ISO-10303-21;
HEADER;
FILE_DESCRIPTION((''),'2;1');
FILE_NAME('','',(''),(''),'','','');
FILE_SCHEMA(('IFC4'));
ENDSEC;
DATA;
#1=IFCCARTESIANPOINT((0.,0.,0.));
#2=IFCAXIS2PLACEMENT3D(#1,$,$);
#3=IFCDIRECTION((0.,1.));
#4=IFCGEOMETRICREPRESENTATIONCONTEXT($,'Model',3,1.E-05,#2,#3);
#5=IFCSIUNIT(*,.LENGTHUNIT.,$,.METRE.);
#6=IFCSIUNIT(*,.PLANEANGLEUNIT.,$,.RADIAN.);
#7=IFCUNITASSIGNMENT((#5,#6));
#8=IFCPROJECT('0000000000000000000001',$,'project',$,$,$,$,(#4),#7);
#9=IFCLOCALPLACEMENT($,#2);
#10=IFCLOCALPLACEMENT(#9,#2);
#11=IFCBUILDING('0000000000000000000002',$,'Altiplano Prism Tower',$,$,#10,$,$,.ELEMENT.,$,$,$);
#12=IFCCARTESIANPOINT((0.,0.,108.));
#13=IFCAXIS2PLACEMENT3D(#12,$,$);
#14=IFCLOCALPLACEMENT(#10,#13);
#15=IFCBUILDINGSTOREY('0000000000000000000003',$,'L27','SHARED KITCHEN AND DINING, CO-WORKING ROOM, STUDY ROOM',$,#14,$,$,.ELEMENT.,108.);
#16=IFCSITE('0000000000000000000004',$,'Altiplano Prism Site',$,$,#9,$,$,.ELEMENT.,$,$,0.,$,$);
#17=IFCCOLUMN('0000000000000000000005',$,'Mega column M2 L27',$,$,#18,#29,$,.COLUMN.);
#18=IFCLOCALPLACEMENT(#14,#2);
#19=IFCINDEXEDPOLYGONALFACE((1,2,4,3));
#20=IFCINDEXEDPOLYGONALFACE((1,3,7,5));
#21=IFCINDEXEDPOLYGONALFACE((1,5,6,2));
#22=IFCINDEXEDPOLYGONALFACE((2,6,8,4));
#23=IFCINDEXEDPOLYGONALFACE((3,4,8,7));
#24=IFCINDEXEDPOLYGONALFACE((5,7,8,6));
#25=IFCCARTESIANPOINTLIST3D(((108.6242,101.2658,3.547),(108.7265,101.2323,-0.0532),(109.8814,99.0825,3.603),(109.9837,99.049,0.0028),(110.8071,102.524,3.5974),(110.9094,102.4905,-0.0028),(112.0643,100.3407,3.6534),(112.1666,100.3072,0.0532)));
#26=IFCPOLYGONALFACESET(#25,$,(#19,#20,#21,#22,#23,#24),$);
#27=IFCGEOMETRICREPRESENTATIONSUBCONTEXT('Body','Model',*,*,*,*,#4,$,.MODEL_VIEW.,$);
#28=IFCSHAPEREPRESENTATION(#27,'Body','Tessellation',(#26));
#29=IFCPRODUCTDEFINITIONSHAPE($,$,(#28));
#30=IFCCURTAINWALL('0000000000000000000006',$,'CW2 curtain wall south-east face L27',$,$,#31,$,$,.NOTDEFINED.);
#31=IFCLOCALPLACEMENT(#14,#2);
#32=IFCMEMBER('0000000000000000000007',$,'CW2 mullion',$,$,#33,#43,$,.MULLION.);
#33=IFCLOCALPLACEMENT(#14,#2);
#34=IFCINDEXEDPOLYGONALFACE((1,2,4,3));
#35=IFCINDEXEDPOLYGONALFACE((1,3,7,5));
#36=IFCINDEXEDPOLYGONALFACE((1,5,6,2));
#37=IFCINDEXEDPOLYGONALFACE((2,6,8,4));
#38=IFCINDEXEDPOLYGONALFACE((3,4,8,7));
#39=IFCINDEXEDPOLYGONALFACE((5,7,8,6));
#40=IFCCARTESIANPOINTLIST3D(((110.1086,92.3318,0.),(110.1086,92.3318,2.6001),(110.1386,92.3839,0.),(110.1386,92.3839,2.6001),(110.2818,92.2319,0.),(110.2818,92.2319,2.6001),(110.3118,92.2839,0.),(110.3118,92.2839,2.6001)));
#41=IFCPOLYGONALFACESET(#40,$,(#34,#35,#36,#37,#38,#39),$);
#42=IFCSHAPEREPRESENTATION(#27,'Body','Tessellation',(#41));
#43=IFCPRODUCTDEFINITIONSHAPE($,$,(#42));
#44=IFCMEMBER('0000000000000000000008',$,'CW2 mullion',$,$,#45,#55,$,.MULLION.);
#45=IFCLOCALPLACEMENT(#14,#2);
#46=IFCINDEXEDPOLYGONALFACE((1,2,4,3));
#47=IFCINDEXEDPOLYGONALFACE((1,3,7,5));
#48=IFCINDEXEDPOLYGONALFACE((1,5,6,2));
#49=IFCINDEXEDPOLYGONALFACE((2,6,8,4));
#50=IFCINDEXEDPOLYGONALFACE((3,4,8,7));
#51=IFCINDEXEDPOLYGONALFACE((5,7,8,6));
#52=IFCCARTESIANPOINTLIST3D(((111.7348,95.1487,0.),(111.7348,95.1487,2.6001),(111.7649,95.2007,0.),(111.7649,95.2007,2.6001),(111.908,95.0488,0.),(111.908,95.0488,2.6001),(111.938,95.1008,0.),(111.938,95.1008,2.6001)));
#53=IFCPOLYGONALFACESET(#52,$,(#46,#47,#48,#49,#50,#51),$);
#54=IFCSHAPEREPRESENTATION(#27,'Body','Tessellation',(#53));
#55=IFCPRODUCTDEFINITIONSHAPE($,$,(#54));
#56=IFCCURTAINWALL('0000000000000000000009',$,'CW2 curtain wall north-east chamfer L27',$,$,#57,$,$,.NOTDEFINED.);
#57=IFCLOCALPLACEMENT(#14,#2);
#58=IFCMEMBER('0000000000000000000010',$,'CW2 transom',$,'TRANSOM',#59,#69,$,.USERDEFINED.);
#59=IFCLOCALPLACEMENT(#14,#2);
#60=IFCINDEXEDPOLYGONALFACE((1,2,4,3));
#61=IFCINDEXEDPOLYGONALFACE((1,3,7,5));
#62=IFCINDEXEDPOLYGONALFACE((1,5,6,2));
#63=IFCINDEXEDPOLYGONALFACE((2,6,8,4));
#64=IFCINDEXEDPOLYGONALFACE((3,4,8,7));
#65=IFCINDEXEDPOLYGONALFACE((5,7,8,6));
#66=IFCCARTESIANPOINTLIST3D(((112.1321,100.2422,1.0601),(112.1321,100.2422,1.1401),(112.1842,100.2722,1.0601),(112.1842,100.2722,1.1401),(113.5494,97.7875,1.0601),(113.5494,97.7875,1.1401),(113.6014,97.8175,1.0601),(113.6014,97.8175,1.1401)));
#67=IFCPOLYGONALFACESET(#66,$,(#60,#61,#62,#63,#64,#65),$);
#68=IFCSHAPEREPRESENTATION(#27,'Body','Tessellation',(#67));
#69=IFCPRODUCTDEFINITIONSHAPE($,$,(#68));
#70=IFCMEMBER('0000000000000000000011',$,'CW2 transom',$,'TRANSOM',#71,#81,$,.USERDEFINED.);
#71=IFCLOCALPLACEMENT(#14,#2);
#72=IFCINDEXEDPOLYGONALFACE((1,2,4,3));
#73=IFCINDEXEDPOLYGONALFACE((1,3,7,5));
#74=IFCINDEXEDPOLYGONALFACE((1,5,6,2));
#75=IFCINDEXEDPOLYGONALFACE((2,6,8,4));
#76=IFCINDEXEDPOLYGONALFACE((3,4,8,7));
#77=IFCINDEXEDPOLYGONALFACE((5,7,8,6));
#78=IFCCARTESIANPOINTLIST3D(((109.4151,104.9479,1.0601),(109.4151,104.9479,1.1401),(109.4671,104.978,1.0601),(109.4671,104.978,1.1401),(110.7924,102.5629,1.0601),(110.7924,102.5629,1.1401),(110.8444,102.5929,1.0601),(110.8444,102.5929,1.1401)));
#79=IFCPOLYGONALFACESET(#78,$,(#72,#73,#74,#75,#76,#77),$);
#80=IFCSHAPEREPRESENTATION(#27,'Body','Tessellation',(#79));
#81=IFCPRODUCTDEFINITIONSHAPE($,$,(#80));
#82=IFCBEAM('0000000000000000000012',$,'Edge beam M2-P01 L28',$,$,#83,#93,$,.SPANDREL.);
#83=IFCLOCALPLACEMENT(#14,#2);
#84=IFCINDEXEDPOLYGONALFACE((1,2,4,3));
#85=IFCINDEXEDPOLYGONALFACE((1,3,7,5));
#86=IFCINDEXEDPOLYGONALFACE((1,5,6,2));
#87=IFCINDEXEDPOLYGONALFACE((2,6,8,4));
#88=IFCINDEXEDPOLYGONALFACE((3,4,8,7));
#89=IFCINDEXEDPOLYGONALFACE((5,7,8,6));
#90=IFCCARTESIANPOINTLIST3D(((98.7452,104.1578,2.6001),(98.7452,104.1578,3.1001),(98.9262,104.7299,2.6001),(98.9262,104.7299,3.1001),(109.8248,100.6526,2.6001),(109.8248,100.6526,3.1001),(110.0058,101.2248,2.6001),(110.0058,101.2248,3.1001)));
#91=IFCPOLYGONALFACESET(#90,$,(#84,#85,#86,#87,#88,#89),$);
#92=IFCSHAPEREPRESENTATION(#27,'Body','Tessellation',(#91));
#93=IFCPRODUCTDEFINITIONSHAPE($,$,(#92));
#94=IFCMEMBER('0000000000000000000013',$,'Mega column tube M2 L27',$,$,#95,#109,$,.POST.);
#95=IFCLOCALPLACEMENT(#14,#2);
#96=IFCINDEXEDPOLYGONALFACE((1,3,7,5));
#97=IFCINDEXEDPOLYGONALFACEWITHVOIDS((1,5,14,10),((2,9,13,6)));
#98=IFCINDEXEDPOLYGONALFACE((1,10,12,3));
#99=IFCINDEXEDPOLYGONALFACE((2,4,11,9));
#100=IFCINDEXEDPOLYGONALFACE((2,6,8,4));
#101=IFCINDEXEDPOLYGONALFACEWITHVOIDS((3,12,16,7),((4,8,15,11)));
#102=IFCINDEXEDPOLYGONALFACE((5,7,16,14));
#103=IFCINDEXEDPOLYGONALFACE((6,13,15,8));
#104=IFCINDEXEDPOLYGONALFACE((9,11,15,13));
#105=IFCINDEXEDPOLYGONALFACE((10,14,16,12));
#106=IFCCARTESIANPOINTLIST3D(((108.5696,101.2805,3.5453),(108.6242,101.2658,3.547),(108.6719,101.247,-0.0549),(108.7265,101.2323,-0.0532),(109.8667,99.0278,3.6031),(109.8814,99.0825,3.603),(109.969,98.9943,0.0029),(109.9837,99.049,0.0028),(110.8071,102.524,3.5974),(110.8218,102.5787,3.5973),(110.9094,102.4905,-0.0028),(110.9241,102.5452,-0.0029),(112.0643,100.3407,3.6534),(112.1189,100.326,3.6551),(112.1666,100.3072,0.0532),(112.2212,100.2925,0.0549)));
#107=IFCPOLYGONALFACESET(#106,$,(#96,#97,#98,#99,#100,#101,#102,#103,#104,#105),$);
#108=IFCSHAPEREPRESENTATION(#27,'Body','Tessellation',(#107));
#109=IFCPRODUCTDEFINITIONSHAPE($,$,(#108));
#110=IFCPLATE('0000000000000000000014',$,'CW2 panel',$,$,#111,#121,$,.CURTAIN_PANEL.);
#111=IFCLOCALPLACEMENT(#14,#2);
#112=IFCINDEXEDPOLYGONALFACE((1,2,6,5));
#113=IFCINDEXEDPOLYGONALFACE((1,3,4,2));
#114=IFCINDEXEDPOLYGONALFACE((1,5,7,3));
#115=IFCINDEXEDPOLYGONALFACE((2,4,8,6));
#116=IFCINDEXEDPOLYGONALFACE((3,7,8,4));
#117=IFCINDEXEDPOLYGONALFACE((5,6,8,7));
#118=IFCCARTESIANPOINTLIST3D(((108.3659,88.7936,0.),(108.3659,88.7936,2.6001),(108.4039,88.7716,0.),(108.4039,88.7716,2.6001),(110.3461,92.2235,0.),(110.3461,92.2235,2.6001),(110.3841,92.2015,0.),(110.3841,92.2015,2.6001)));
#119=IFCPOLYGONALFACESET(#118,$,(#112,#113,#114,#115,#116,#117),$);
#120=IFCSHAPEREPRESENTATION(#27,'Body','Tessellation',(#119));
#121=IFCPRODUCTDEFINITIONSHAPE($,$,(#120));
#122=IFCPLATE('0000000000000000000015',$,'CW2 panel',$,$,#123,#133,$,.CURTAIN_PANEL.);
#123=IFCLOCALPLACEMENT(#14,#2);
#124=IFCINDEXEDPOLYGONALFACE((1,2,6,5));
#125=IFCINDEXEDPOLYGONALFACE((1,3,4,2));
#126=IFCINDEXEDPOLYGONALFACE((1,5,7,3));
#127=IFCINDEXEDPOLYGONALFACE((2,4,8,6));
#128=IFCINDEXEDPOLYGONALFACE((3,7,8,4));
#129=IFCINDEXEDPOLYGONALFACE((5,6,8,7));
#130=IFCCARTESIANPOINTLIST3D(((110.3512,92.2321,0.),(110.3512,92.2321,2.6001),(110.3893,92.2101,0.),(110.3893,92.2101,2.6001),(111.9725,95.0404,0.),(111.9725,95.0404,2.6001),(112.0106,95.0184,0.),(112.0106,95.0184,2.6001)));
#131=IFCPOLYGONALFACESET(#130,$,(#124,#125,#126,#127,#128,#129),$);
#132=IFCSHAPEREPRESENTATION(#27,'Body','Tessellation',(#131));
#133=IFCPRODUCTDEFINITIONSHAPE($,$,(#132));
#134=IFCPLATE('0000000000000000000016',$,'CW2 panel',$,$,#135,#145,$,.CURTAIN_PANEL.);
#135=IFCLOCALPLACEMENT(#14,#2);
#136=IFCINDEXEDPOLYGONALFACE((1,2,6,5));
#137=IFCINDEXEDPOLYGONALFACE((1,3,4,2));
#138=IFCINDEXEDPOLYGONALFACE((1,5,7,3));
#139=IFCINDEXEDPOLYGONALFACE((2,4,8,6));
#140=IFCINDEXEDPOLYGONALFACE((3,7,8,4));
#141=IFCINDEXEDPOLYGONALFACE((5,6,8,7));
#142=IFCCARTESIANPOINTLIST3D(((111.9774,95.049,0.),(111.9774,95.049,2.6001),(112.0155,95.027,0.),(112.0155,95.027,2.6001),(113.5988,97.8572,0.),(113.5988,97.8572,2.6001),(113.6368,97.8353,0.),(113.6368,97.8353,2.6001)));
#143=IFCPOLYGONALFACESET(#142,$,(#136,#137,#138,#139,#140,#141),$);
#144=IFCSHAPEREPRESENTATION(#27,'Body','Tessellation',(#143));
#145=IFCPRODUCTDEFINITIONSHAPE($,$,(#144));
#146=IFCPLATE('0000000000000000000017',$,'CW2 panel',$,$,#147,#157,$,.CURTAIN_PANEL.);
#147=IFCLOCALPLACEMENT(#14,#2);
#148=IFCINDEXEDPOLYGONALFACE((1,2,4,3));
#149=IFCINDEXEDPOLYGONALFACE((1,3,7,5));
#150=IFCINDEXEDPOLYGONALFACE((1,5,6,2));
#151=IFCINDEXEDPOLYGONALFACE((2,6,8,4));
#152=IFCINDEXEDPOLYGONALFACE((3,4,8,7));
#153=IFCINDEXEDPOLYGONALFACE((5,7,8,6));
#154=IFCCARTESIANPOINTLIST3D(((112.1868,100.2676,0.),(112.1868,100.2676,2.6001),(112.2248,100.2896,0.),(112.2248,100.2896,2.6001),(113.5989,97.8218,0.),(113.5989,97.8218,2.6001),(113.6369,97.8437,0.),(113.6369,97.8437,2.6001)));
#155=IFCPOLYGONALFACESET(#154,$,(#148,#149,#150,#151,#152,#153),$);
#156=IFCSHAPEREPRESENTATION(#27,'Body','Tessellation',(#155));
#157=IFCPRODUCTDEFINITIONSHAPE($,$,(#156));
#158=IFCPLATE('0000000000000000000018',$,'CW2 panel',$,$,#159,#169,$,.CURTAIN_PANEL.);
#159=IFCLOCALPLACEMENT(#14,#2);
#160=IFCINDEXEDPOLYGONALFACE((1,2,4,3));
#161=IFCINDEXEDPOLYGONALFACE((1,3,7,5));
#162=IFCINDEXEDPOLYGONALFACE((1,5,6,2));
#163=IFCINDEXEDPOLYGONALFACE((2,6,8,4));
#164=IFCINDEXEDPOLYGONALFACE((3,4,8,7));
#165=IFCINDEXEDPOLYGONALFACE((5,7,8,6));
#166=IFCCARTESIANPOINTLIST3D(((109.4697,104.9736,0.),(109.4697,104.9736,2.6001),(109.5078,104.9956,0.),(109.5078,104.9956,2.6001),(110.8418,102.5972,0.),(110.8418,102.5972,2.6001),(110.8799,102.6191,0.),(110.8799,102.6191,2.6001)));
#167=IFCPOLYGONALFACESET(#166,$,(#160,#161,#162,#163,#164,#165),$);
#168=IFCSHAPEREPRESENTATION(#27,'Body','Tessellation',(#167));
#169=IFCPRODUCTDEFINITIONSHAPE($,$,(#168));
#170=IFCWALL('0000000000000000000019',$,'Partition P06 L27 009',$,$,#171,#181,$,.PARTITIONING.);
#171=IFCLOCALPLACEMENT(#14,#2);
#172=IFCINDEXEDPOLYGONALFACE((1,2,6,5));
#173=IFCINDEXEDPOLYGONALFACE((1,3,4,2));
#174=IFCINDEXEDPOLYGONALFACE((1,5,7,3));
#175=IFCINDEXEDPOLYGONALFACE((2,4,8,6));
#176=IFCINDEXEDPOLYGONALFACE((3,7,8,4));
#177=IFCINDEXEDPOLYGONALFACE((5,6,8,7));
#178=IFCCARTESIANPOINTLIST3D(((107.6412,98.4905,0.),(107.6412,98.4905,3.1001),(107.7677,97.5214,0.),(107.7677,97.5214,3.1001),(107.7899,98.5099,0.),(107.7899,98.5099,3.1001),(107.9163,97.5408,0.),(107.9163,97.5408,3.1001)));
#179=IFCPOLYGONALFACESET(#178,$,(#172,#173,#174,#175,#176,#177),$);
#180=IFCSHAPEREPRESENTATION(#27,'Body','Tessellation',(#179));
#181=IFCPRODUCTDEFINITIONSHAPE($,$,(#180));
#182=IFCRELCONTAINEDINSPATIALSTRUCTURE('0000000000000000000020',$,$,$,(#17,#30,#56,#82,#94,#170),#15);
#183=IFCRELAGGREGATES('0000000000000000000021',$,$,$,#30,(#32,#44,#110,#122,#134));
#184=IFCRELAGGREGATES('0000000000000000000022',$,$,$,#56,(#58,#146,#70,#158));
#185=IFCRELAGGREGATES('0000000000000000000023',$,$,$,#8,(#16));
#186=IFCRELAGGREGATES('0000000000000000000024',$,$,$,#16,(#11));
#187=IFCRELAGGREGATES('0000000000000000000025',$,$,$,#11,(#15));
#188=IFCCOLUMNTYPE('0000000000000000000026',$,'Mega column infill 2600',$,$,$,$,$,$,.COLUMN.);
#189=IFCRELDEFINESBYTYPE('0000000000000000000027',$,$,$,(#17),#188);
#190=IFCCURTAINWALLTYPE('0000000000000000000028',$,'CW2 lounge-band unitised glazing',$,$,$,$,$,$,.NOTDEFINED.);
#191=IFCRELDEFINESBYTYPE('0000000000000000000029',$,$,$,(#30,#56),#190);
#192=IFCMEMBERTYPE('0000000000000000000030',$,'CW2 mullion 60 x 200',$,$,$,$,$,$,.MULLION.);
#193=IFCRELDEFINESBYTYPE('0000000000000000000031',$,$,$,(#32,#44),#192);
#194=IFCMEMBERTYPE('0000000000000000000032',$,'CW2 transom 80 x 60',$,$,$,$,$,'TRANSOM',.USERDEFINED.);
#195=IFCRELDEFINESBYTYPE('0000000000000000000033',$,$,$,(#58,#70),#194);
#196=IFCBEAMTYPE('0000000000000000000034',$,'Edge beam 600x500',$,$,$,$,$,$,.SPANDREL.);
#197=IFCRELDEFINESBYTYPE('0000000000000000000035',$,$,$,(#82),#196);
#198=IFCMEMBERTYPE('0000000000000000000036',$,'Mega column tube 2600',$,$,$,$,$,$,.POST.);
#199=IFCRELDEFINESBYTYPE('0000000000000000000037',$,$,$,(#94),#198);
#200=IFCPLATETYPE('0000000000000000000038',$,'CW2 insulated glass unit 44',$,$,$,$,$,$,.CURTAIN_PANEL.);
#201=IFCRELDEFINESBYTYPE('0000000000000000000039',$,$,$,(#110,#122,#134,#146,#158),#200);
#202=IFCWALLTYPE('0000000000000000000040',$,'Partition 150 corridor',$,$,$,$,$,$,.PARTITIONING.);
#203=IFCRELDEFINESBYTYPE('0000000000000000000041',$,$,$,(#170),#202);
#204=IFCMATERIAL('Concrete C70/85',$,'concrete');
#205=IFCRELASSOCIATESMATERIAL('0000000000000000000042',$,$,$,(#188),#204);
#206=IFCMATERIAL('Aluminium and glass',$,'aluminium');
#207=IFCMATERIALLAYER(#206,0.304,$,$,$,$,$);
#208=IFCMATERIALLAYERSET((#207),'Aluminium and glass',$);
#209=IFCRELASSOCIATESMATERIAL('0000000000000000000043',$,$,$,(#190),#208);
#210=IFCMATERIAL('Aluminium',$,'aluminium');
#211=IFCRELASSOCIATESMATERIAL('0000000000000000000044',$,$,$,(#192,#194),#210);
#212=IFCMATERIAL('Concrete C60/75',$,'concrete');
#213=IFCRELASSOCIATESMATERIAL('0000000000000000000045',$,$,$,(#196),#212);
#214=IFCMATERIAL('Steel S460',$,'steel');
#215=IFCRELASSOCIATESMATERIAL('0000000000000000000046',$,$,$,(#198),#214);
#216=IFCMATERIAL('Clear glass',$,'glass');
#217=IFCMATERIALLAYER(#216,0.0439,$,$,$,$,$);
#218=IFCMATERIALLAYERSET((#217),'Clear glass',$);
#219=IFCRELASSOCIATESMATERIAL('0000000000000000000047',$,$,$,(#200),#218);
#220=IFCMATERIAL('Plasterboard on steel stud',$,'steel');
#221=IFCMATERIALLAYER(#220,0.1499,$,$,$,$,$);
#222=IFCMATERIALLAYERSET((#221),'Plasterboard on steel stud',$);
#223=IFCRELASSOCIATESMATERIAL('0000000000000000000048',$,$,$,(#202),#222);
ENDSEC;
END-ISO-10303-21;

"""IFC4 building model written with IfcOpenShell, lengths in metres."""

from ifc_helpers import new_model, si_unit, direction, frame, frame_2d, origin, origin_2d, place, context, subcontext, project, spatial, rectangle, hollow_rectangle, extrude, material, layer, layer_set, material_profile, profile_set, type_object, element, aggregate, save


model = new_model("IFC4")

# Units and contexts
model_context = context("Model", 3, precision=1e-05, world=origin(), true_north=direction((0.0, 1.0)))
body_context = subcontext(model_context, "Body", "Model", "MODEL_VIEW")
ifc_project = project(units=[si_unit("LENGTHUNIT", "METRE"), si_unit("PLANEANGLEUNIT", "RADIAN")], contexts=[model_context])

# Site, building, storey
site_placement = place(None, origin())
site = spatial("IfcSite", under=ifc_project, at=site_placement, Name="Altiplano Prism Site", CompositionType="ELEMENT", RefElevation=0.0)
building_placement = place(site_placement, origin())
building = spatial("IfcBuilding", under=site, at=building_placement, Name="Altiplano Prism Tower", CompositionType="ELEMENT")
storey_placement = place(building_placement, frame((0.0, 0.0, 108.0)))
storey = spatial("IfcBuildingStorey", under=building, at=storey_placement, Name="L27", Description="SHARED KITCHEN AND DINING, CO-WORKING ROOM, STUDY ROOM", CompositionType="ELEMENT", Elevation=108.0)

# Column
ifc_material_1 = material(Name="Concrete C70/85", Category="concrete")
ifc_material_profile_1 = material_profile(ifc_material_1, rectangle(XDim=2.52, YDim=2.52, at=origin_2d()), Name="Mega column infill 2600")
ifc_profile_set_1 = profile_set([ifc_material_profile_1], Name="Concrete C70/85")
column_type = type_object("IfcColumnType", Name="Mega column infill 2600", PredefinedType="COLUMN", material=ifc_profile_set_1)
column_placement = place(storey_placement, frame((110.4465, 100.7698, 0.0), z_axis=(-0.028402, 0.009287, 0.999553), x_axis=(0.498886, -0.866382, 0.022225)))
element("IfcColumn", 1, at=column_placement, inside=storey, type_object=column_type, Name="Mega column M2 L27", PredefinedType="COLUMN", context=body_context, shape_type="SweptSolid", body=[
    extrude(rectangle(XDim=2.52, YDim=2.52, at=origin_2d()), origin(), (0.0, 0.0, 1.0), 3.6018),
])

# Curtain walls, members
ifc_material_2 = material(Name="Aluminium and glass", Category="aluminium")
ifc_layer_1 = layer(ifc_material_2, 0.304)
ifc_layer_set_1 = layer_set([ifc_layer_1], Name="Aluminium and glass")
curtain_wall_type = type_object("IfcCurtainWallType", Name="CW2 lounge-band unitised glazing", PredefinedType="NOTDEFINED", material=ifc_layer_set_1)
curtain_wall_1_placement = place(storey_placement, origin())
curtain_wall_1 = element("IfcCurtainWall", 2, at=curtain_wall_1_placement, inside=storey, type_object=curtain_wall_type, Name="CW2 curtain wall south-east face L27", PredefinedType="NOTDEFINED")
ifc_material_3 = material(Name="Aluminium", Category="aluminium")
ifc_material_profile_2 = material_profile(ifc_material_3, rectangle(XDim=0.2, YDim=0.0601, at=origin_2d()), Name="CW2 mullion 60 x 200")
ifc_profile_set_2 = profile_set([ifc_material_profile_2], Name="Aluminium")
member_type_1 = type_object("IfcMemberType", Name="CW2 mullion 60 x 200", PredefinedType="MULLION", material=ifc_profile_set_2)
member_1_placement = place(storey_placement, frame((110.2102, 92.3079, 0.0), z_axis=(0.0, 0.0, 1.0), x_axis=(-0.866025, 0.5, 0.0)))
member_1 = element("IfcMember", 3, at=member_1_placement, type_object=member_type_1, Name="CW2 mullion", PredefinedType="MULLION", context=body_context, shape_type="SweptSolid", body=[
    extrude(rectangle(XDim=0.2, YDim=0.0601, at=origin_2d()), origin(), (0.0, 0.0, 1.0), 2.6001),
])
member_2_placement = place(storey_placement, frame((111.8364, 95.1248, 0.0), z_axis=(0.0, 0.0, 1.0), x_axis=(-0.866025, 0.5, 0.0)))
member_2 = element("IfcMember", 4, at=member_2_placement, type_object=member_type_1, Name="CW2 mullion", PredefinedType="MULLION", context=body_context, shape_type="SweptSolid", body=[
    extrude(rectangle(XDim=0.2, YDim=0.0601, at=origin_2d()), origin(), (0.0, 0.0, 1.0), 2.6001),
])
curtain_wall_2_placement = place(storey_placement, origin())
curtain_wall_2 = element("IfcCurtainWall", 5, at=curtain_wall_2_placement, inside=storey, type_object=curtain_wall_type, Name="CW2 curtain wall north-east chamfer L27", PredefinedType="NOTDEFINED")
ifc_material_profile_3 = material_profile(ifc_material_3, rectangle(XDim=0.0601, YDim=0.0801, at=origin_2d()), Name="CW2 transom 80 x 60")
ifc_profile_set_3 = profile_set([ifc_material_profile_3], Name="Aluminium")
member_type_2 = type_object("IfcMemberType", Name="CW2 transom 80 x 60", ElementType="TRANSOM", PredefinedType="USERDEFINED", material=ifc_profile_set_3)
member_3_placement = place(storey_placement, frame((113.5754, 97.8025, 1.1001), z_axis=(-0.500021, 0.866013, 0.0), x_axis=(-0.866013, -0.500021, 0.0)))
member_3 = element("IfcMember", 6, at=member_3_placement, type_object=member_type_2, Name="CW2 transom", ObjectType="TRANSOM", PredefinedType="USERDEFINED", context=body_context, shape_type="SweptSolid", body=[
    extrude(rectangle(XDim=0.0601, YDim=0.0801, at=origin_2d()), origin(), (0.0, 0.0, 1.0), 2.8345),
])
member_4_placement = place(storey_placement, frame((110.8184, 102.5779, 1.1001), z_axis=(-0.500058, 0.865992, 0.0), x_axis=(-0.865992, -0.500058, 0.0)))
member_4 = element("IfcMember", 7, at=member_4_placement, type_object=member_type_2, Name="CW2 transom", ObjectType="TRANSOM", PredefinedType="USERDEFINED", context=body_context, shape_type="SweptSolid", body=[
    extrude(rectangle(XDim=0.0601, YDim=0.0801, at=origin_2d()), origin(), (0.0, 0.0, 1.0), 2.7542),
])

# Beam
ifc_material_4 = material(Name="Concrete C60/75", Category="concrete")
ifc_material_profile_4 = material_profile(ifc_material_4, rectangle(XDim=0.6001, YDim=0.5, at=origin_2d()), Name="Edge beam 600x500")
ifc_profile_set_4 = profile_set([ifc_material_profile_4], Name="Concrete C60/75")
beam_type = type_object("IfcBeamType", Name="Edge beam 600x500", PredefinedType="SPANDREL", material=ifc_profile_set_4)
beam_placement = place(storey_placement, frame((109.9153, 100.9387, 2.8501), z_axis=(-0.953427, 0.301625, 0.0), x_axis=(-0.301625, -0.953427, 0.0)))
element("IfcBeam", 8, at=beam_placement, inside=storey, type_object=beam_type, Name="Edge beam M2-P01 L28", PredefinedType="SPANDREL", context=body_context, shape_type="SweptSolid", body=[
    extrude(rectangle(XDim=0.6001, YDim=0.5, at=origin_2d()), origin(), (0.0, 0.0, 1.0), 11.6208),
])

# Member
ifc_material_5 = material(Name="Steel S460", Category="steel")
ifc_material_profile_5 = material_profile(ifc_material_5, hollow_rectangle(XDim=2.6001, YDim=2.6001, WallThickness=0.04, at=origin_2d()), Name="Mega column tube 2600")
ifc_profile_set_5 = profile_set([ifc_material_profile_5], Name="Steel S460")
member_type_3 = type_object("IfcMemberType", Name="Mega column tube 2600", PredefinedType="POST", material=ifc_profile_set_5)
member_5_placement = place(storey_placement, frame((110.4465, 100.7698, 0.0), z_axis=(-0.028402, 0.009287, 0.999553), x_axis=(0.498886, -0.866382, 0.022225)))
element("IfcMember", 9, at=member_5_placement, inside=storey, type_object=member_type_3, Name="Mega column tube M2 L27", PredefinedType="POST", context=body_context, shape_type="SweptSolid", body=[
    extrude(hollow_rectangle(XDim=2.6001, YDim=2.6001, WallThickness=0.04, at=origin_2d()), origin(), (0.0, 0.0, 1.0), 3.6018),
])

# Plates
ifc_material_6 = material(Name="Clear glass", Category="glass")
ifc_layer_2 = layer(ifc_material_6, 0.0439)
ifc_layer_set_2 = layer_set([ifc_layer_2], Name="Clear glass")
plate_type = type_object("IfcPlateType", Name="CW2 insulated glass unit 44", PredefinedType="CURTAIN_PANEL", material=ifc_layer_set_2)
plate_1_placement = place(storey_placement, frame((109.375, 90.4976, 0.0), z_axis=(0.0, 0.0, 1.0), x_axis=(0.5, 0.866025, 0.0)))
plate_1 = element("IfcPlate", 10, at=plate_1_placement, type_object=plate_type, Name="CW2 panel", PredefinedType="CURTAIN_PANEL", context=body_context, shape_type="SweptSolid", body=[
    extrude(rectangle(XDim=3.9604, YDim=0.0439, at=origin_2d()), origin(), (0.0, 0.0, 1.0), 2.6001),
])
plate_2_placement = place(storey_placement, frame((111.1809, 93.6252, 0.0), z_axis=(0.0, 0.0, 1.0), x_axis=(0.5, 0.866025, 0.0)))
plate_2 = element("IfcPlate", 11, at=plate_2_placement, type_object=plate_type, Name="CW2 panel", PredefinedType="CURTAIN_PANEL", context=body_context, shape_type="SweptSolid", body=[
    extrude(rectangle(XDim=3.2427, YDim=0.0439, at=origin_2d()), origin(), (0.0, 0.0, 1.0), 2.6001),
])
plate_3_placement = place(storey_placement, frame((112.8071, 96.4421, 0.0), z_axis=(0.0, 0.0, 1.0), x_axis=(0.5, 0.866025, 0.0)))
plate_3 = element("IfcPlate", 12, at=plate_3_placement, type_object=plate_type, Name="CW2 panel", PredefinedType="CURTAIN_PANEL", context=body_context, shape_type="SweptSolid", body=[
    extrude(rectangle(XDim=3.2427, YDim=0.0439, at=origin_2d()), origin(), (0.0, 0.0, 1.0), 2.6001),
])
aggregate(curtain_wall_1, [member_1, member_2, plate_1, plate_2, plate_3])
plate_4_placement = place(storey_placement, frame((112.9119, 99.0557, 0.0), z_axis=(0.0, 0.0, 1.0), x_axis=(-0.5, 0.866025, 0.0)))
plate_4 = element("IfcPlate", 13, at=plate_4_placement, type_object=plate_type, Name="CW2 panel", PredefinedType="CURTAIN_PANEL", context=body_context, shape_type="SweptSolid", body=[
    extrude(rectangle(XDim=2.8242, YDim=0.0439, at=origin_2d()), origin(), (0.0, 0.0, 1.0), 2.6001),
])
plate_5_placement = place(storey_placement, frame((110.1748, 103.7964, 0.0), z_axis=(0.0, 0.0, 1.0), x_axis=(-0.5, 0.866025, 0.0)))
plate_5 = element("IfcPlate", 14, at=plate_5_placement, type_object=plate_type, Name="CW2 panel", PredefinedType="CURTAIN_PANEL", context=body_context, shape_type="SweptSolid", body=[
    extrude(rectangle(XDim=2.7441, YDim=0.0439, at=origin_2d()), origin(), (0.0, 0.0, 1.0), 2.6001),
])
aggregate(curtain_wall_2, [member_3, plate_4, member_4, plate_5])

# Wall
ifc_material_7 = material(Name="Plasterboard on steel stud", Category="steel")
ifc_layer_3 = layer(ifc_material_7, 0.1499)
ifc_layer_set_3 = layer_set([ifc_layer_3], Name="Plasterboard on steel stud")
wall_type_1 = type_object("IfcWallType", Name="Partition 150 corridor", PredefinedType="PARTITIONING", material=ifc_layer_set_3)
wall_1_placement = place(storey_placement, frame((107.842, 97.531, 0.0), z_axis=(0.0, 0.0, 1.0), x_axis=(-0.129414, 0.991591, 0.0)))
element("IfcWall", 15, at=wall_1_placement, inside=storey, type_object=wall_type_1, Name="Partition P06 L27 009", PredefinedType="PARTITIONING", context=body_context, shape_type="SweptSolid", body=[
    extrude(rectangle(XDim=0.9773, YDim=0.1499, at=frame_2d((0.4888, 0.0))), origin(), (0.0, 0.0, 1.0), 3.1001),
])

save(model, "model.ifc")
